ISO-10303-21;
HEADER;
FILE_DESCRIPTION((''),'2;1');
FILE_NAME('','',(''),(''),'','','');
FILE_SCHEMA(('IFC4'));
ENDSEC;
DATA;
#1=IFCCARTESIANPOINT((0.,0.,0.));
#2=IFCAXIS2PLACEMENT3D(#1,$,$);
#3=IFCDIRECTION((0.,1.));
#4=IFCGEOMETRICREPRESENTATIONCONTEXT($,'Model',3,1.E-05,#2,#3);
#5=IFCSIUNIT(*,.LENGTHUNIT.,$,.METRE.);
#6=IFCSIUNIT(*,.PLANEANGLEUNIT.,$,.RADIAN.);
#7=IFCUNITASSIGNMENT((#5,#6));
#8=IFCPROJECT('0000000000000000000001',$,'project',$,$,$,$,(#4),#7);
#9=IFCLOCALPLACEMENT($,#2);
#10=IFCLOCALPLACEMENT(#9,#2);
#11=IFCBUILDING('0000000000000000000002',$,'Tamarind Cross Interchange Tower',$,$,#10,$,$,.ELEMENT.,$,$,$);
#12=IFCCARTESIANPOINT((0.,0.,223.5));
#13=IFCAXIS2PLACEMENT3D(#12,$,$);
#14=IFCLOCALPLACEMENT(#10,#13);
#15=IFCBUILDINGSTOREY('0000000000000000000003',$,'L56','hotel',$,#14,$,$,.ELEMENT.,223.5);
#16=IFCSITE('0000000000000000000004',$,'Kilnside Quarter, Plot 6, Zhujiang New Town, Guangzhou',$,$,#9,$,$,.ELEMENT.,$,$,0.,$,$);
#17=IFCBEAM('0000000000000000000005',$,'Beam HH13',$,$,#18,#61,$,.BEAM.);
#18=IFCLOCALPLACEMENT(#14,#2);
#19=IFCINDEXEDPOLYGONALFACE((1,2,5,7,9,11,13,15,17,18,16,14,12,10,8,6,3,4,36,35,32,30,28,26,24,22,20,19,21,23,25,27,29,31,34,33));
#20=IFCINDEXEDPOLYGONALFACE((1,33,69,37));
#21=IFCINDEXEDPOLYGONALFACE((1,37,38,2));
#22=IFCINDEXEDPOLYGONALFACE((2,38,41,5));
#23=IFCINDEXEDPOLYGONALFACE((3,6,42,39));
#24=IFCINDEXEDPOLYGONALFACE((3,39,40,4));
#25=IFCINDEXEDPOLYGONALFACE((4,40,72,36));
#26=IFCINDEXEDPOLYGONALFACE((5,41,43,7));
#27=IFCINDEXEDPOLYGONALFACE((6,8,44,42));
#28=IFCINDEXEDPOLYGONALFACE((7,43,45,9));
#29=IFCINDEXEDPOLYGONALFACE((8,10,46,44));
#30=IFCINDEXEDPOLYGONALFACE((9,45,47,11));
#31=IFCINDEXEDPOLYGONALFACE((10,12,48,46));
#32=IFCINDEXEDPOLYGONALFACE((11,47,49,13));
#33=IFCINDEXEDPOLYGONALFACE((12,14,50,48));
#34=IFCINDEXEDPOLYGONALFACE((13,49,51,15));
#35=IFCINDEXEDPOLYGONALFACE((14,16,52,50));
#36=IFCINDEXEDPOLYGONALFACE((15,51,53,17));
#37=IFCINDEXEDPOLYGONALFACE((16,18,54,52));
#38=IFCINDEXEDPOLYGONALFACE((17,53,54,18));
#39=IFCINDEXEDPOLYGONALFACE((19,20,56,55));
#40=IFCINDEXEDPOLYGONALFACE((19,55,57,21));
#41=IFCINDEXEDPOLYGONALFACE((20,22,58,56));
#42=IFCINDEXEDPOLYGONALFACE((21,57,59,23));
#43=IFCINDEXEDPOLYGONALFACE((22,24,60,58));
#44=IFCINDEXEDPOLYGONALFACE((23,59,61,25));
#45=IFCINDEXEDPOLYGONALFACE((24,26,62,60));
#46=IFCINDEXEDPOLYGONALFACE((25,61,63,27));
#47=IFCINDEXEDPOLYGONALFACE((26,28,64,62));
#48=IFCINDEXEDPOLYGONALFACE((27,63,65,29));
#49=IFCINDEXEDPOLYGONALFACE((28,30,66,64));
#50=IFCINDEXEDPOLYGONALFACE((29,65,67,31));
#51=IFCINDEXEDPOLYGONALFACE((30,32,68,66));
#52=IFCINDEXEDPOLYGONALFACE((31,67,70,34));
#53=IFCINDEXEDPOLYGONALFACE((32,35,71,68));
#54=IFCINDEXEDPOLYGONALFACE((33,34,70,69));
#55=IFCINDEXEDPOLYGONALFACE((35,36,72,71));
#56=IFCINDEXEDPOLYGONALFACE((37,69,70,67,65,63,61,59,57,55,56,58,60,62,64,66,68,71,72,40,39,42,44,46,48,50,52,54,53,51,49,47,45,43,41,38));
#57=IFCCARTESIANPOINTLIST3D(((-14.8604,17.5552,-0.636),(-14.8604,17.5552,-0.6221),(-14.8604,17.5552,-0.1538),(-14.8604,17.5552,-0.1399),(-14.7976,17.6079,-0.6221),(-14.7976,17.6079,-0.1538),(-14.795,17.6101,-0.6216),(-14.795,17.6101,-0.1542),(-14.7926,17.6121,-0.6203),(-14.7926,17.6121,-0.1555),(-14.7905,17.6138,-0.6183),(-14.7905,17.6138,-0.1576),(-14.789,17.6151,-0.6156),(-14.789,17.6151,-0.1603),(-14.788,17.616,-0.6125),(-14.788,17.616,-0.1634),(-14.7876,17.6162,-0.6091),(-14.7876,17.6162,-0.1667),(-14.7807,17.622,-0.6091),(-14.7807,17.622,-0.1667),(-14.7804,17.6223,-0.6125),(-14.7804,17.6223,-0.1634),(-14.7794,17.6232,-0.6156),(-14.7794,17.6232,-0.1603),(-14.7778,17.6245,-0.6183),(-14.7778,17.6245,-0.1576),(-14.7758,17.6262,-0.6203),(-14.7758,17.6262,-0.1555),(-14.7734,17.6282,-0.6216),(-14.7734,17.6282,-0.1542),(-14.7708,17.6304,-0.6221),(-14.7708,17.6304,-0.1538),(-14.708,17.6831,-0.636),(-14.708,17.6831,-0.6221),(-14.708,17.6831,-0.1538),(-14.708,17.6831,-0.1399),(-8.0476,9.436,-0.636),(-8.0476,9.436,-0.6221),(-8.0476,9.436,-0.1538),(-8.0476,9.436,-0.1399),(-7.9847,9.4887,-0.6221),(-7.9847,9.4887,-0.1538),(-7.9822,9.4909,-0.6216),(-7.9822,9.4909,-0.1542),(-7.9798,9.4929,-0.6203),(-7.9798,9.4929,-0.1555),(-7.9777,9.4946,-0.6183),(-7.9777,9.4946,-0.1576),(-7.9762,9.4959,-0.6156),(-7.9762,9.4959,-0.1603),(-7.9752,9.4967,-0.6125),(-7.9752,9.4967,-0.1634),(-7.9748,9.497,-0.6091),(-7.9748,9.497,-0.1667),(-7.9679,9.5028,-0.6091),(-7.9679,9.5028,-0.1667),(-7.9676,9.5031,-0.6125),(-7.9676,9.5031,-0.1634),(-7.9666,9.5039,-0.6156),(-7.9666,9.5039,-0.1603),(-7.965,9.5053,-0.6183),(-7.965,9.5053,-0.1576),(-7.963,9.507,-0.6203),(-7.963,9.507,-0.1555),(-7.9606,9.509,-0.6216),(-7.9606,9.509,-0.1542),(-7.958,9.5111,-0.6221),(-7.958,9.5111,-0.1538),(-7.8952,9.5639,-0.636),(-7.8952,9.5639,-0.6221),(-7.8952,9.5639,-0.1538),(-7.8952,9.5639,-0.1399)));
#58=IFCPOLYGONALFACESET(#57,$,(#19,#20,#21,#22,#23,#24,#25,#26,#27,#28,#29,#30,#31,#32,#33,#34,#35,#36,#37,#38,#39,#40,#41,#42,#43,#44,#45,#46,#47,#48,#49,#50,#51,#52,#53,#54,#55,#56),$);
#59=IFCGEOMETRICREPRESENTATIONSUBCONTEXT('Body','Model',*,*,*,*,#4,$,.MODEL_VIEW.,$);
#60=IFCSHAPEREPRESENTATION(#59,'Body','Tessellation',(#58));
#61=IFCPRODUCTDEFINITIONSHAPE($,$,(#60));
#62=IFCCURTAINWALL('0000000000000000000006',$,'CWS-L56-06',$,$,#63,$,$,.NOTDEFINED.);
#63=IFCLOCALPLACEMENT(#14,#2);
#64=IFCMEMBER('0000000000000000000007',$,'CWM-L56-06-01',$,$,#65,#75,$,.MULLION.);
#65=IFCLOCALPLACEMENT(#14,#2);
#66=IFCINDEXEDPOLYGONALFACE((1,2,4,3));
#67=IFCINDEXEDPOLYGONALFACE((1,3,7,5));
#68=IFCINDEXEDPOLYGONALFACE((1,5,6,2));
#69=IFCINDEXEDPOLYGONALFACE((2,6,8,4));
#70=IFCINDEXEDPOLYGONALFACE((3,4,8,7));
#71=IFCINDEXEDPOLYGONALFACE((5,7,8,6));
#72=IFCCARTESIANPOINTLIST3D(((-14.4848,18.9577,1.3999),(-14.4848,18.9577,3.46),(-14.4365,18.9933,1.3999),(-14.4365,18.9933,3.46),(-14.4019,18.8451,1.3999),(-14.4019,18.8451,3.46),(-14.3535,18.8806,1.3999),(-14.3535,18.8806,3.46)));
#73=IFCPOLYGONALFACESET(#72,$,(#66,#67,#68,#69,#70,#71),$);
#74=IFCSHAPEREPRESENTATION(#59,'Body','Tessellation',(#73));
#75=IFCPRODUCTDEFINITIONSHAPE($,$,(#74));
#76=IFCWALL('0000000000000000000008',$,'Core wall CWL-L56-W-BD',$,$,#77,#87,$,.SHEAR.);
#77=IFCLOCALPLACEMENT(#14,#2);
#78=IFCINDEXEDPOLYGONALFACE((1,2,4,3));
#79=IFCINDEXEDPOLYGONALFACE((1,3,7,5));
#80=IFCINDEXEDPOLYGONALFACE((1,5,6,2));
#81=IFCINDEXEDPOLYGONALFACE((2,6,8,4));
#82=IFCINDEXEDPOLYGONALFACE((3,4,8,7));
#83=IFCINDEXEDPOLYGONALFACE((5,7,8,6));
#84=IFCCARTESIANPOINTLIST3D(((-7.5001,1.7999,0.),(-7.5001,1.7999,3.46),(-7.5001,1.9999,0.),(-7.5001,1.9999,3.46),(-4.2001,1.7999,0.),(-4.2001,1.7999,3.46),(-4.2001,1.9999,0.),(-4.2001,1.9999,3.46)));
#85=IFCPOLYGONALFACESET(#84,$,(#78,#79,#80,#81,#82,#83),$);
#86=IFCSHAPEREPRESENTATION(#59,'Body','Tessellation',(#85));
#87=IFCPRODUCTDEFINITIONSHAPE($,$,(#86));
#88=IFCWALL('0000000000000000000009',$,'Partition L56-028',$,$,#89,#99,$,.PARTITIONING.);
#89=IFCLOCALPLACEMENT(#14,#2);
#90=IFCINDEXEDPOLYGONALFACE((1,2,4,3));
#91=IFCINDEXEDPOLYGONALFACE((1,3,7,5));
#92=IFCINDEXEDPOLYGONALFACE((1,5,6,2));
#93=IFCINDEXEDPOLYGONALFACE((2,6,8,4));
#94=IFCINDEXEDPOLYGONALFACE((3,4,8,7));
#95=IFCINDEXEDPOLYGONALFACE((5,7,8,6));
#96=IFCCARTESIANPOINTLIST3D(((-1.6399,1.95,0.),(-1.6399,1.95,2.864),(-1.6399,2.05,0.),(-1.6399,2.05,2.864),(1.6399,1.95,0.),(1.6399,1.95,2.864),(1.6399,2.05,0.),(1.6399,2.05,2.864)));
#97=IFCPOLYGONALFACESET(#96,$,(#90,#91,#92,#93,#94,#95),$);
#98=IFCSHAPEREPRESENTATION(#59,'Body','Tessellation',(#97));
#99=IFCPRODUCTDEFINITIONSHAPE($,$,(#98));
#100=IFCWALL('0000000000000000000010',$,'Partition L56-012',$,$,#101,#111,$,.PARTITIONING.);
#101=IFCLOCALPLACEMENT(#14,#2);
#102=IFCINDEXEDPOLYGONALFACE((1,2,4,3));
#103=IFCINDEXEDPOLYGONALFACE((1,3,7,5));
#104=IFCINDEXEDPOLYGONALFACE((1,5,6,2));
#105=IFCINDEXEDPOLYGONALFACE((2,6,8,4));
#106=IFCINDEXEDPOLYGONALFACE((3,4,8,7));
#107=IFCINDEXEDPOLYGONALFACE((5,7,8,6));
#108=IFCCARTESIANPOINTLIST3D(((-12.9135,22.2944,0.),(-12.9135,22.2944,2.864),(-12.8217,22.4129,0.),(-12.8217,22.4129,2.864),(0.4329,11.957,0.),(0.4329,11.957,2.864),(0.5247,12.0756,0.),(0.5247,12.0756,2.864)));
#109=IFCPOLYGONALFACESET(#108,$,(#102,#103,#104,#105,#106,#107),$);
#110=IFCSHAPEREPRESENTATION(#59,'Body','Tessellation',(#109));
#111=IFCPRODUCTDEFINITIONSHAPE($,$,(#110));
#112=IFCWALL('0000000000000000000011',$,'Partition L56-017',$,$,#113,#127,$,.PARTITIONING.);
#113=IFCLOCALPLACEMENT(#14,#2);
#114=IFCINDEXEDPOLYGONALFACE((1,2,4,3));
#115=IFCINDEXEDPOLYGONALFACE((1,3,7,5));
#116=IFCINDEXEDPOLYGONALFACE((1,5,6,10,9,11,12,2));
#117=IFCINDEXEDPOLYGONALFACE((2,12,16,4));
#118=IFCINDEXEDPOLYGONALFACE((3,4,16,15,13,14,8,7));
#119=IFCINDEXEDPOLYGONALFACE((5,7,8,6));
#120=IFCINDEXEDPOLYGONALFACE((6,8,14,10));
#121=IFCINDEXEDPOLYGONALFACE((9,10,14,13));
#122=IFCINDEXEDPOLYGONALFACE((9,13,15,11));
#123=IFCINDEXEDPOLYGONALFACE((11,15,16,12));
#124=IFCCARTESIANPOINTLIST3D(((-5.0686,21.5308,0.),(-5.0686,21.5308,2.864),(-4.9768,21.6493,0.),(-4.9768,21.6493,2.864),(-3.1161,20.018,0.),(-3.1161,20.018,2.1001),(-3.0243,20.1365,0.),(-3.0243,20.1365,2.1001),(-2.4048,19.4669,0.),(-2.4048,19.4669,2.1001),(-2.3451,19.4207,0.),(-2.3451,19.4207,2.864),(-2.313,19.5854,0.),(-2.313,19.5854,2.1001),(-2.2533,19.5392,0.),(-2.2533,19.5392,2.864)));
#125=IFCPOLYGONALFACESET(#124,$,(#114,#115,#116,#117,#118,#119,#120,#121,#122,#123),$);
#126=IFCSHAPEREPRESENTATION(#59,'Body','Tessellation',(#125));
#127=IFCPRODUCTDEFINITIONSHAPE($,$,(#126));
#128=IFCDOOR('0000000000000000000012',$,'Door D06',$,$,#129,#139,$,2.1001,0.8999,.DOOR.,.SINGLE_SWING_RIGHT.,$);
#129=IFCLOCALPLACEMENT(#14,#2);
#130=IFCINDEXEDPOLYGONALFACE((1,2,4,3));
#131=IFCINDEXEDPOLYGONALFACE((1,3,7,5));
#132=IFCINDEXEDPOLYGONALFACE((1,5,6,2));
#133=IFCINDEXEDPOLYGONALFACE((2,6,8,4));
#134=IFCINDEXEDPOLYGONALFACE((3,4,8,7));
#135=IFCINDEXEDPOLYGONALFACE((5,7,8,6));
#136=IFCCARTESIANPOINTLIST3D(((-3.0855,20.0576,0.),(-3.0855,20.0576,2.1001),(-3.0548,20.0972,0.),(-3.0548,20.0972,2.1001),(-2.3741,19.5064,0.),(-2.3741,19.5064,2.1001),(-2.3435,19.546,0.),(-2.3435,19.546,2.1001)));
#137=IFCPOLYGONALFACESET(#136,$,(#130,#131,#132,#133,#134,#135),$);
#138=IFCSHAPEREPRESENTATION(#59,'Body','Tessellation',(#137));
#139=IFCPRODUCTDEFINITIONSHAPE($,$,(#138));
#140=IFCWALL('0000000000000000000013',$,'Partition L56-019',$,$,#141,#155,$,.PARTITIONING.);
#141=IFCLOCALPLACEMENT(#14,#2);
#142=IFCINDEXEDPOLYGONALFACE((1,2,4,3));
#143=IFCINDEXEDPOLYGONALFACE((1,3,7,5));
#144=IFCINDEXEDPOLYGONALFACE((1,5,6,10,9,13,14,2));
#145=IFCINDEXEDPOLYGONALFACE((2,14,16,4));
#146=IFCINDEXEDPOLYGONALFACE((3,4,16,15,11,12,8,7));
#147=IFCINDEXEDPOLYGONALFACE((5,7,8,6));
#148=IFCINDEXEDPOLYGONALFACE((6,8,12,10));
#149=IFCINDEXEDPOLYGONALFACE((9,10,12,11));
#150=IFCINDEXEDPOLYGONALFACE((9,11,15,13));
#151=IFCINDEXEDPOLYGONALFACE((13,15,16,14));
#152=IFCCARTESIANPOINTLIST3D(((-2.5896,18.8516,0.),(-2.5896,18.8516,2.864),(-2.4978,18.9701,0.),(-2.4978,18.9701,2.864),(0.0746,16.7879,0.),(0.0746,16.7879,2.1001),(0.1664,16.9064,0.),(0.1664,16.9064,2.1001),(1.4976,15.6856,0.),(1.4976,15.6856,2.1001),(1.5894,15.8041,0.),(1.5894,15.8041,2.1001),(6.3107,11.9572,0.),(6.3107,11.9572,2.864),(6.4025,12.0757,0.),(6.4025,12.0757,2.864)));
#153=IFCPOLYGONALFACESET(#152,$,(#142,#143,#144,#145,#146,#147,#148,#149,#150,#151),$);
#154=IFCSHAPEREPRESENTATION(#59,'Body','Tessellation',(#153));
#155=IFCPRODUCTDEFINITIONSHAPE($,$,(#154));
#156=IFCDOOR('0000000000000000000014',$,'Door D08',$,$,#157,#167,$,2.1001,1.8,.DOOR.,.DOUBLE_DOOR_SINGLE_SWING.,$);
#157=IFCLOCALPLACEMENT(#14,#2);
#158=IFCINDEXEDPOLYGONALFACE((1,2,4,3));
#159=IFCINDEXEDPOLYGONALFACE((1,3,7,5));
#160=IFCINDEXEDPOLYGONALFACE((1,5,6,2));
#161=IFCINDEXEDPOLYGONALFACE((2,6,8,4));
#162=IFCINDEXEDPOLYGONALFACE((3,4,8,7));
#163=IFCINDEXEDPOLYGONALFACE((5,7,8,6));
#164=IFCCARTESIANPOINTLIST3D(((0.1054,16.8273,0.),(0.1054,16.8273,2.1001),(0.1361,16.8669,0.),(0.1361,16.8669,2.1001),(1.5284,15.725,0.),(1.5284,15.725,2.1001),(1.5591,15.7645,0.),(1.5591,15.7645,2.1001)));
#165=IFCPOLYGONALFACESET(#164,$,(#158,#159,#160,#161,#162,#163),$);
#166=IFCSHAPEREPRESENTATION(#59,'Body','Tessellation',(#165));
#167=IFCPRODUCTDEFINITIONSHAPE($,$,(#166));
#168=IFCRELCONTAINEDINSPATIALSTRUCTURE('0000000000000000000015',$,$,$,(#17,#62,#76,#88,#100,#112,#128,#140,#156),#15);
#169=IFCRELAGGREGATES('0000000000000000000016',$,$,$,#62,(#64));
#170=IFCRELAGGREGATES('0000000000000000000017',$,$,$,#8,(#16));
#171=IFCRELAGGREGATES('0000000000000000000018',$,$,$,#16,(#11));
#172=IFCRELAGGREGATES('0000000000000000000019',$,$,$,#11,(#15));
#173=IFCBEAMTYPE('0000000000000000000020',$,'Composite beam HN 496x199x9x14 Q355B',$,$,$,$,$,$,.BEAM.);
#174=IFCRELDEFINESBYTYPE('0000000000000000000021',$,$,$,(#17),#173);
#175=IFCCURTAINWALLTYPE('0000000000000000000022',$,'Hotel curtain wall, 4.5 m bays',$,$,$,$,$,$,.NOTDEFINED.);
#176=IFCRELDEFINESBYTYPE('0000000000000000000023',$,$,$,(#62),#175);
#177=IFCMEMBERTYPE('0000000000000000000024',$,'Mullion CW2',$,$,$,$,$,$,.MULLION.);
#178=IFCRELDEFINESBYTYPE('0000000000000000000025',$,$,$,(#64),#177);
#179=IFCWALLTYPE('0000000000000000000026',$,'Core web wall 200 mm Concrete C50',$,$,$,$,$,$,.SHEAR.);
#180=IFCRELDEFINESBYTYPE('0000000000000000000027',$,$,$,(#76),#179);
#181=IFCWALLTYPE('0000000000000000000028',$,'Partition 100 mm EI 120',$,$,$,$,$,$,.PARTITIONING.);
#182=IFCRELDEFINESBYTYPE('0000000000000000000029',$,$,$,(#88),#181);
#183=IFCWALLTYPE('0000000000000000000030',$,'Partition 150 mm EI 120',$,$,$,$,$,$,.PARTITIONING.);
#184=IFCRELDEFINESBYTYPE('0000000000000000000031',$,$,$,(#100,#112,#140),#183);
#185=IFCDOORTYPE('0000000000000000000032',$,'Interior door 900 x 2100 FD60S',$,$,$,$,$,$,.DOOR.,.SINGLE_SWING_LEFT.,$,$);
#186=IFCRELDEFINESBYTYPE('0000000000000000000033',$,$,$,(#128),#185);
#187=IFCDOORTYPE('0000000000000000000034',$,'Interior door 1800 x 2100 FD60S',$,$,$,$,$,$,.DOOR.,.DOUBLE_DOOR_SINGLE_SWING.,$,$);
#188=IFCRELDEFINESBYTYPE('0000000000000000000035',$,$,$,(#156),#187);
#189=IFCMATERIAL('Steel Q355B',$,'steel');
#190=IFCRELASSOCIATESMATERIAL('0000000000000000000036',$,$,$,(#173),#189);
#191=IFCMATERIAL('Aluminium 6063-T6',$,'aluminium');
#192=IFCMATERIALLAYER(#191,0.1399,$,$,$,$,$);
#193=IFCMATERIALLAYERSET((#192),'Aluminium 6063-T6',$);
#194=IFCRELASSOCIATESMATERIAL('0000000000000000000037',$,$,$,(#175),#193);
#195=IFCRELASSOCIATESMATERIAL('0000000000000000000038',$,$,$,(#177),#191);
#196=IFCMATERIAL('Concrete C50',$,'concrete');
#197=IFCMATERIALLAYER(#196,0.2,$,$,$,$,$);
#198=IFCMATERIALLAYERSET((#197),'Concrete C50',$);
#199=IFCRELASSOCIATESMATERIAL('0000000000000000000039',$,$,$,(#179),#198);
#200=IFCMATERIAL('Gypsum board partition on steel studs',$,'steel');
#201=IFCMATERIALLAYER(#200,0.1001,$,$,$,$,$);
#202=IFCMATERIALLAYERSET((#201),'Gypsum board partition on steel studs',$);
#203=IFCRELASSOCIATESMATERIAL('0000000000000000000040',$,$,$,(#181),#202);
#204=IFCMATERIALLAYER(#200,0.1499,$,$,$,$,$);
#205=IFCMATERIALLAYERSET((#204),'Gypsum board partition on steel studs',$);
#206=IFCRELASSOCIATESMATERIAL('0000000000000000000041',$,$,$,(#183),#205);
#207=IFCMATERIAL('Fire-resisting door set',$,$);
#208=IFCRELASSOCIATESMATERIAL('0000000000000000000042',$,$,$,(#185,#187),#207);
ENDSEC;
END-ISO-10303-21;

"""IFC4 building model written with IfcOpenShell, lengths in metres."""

from ifc_helpers import new_model, si_unit, direction, frame, frame_2d, origin, origin_2d, place, context, subcontext, project, spatial, rectangle, i_section, extrude, material, layer, layer_set, material_profile, profile_set, type_object, element, fill, aggregate, save


model = new_model("IFC4")

# Units and contexts
model_context = context("Model", 3, precision=1e-05, world=origin(), true_north=direction((0.0, 1.0)))
body_context = subcontext(model_context, "Body", "Model", "MODEL_VIEW")
ifc_project = project(units=[si_unit("LENGTHUNIT", "METRE"), si_unit("PLANEANGLEUNIT", "RADIAN")], contexts=[model_context])

# Site, building, storey
site_placement = place(None, origin())
site = spatial("IfcSite", under=ifc_project, at=site_placement, Name="Kilnside Quarter, Plot 6, Zhujiang New Town, Guangzhou", CompositionType="ELEMENT", RefElevation=0.0)
building_placement = place(site_placement, origin())
building = spatial("IfcBuilding", under=site, at=building_placement, Name="Tamarind Cross Interchange Tower", CompositionType="ELEMENT")
storey_placement = place(building_placement, frame((0.0, 0.0, 223.5)))
storey = spatial("IfcBuildingStorey", under=building, at=storey_placement, Name="L56", Description="hotel", CompositionType="ELEMENT", Elevation=223.5)

# Shared definitions
ifc_material_1 = material(Name="Concrete C50", Category="concrete")

# Beam
ifc_material_2 = material(Name="Steel Q355B", Category="steel")
ifc_material_profile_1 = material_profile(ifc_material_2, i_section(OverallWidth=0.199, OverallDepth=0.4961, WebThickness=0.009, FlangeThickness=0.0139, FilletRadius=0.0129, at=origin_2d()), Name="HN 496x199x9x14")
ifc_profile_set_1 = profile_set([ifc_material_profile_1], Name="Steel Q355B")
beam_type_1 = type_object("IfcBeamType", Name="Composite beam HN 496x199x9x14 Q355B", PredefinedType="BEAM", material=ifc_profile_set_1)
beam_1_placement = place(storey_placement, frame((-14.7842, 17.6191, -0.3879), z_axis=(0.642786, -0.766046, 0.0), x_axis=(0.766046, 0.642786, 0.0)))
element("IfcBeam", 1, at=beam_1_placement, inside=storey, type_object=beam_type_1, Name="Beam HH13", PredefinedType="BEAM", context=body_context, shape_type="SweptSolid", body=[
    extrude(i_section(OverallWidth=0.199, OverallDepth=0.4961, WebThickness=0.009, FlangeThickness=0.0139, FilletRadius=0.0129, at=origin_2d()), origin(), (0.0, 0.0, 1.0), 10.5989),
])

# Curtain wall, member
ifc_material_3 = material(Name="Aluminium 6063-T6", Category="aluminium")
ifc_layer_1 = layer(ifc_material_3, 0.1399)
ifc_layer_set_1 = layer_set([ifc_layer_1], Name="Aluminium 6063-T6")
curtain_wall_type = type_object("IfcCurtainWallType", Name="Hotel curtain wall, 4.5 m bays", PredefinedType="NOTDEFINED", material=ifc_layer_set_1)
curtain_wall_placement = place(storey_placement, origin())
curtain_wall = element("IfcCurtainWall", 2, at=curtain_wall_placement, inside=storey, type_object=curtain_wall_type, Name="CWS-L56-06", PredefinedType="NOTDEFINED")
ifc_material_profile_2 = material_profile(ifc_material_3, rectangle(XDim=0.0601, YDim=0.1399, at=origin_2d()), Name="Mullion CW2")
ifc_profile_set_2 = profile_set([ifc_material_profile_2], Name="Aluminium 6063-T6")
member_type = type_object("IfcMemberType", Name="Mullion CW2", PredefinedType="MULLION", material=ifc_profile_set_2)
member_placement = place(storey_placement, frame((-14.4192, 18.9192, 1.3999), z_axis=(0.0, 0.0, 1.0), x_axis=(-0.805444, -0.592673, 0.0)))
member = element("IfcMember", 3, at=member_placement, type_object=member_type, Name="CWM-L56-06-01", PredefinedType="MULLION", context=body_context, shape_type="SweptSolid", body=[
    extrude(rectangle(XDim=0.0601, YDim=0.1399, at=origin_2d()), origin(), (0.0, 0.0, 1.0), 2.0601),
])
aggregate(curtain_wall, [member])

# Walls
ifc_layer_2 = layer(ifc_material_1, 0.2)
ifc_layer_set_2 = layer_set([ifc_layer_2], Name="Concrete C50")
wall_type_1 = type_object("IfcWallType", Name="Core web wall 200 mm Concrete C50", PredefinedType="SHEAR", material=ifc_layer_set_2)
wall_1_placement = place(storey_placement, frame((-7.5, 1.8999, 0.0), z_axis=(0.0, 0.0, 1.0), x_axis=(1.0, 0.0, 0.0)))
element("IfcWall", 4, at=wall_1_placement, inside=storey, type_object=wall_type_1, Name="Core wall CWL-L56-W-BD", PredefinedType="SHEAR", context=body_context, shape_type="SweptSolid", body=[
    extrude(rectangle(XDim=3.3, YDim=0.2, at=frame_2d((1.6499, 0.0))), origin(), (0.0, 0.0, 1.0), 3.46),
])
ifc_material_4 = material(Name="Gypsum board partition on steel studs", Category="steel")
ifc_layer_3 = layer(ifc_material_4, 0.1001)
ifc_layer_set_3 = layer_set([ifc_layer_3], Name="Gypsum board partition on steel studs")
wall_type_2 = type_object("IfcWallType", Name="Partition 100 mm EI 120", PredefinedType="PARTITIONING", material=ifc_layer_set_3)
wall_2_placement = place(storey_placement, frame((-1.6399, 2.0, 0.0), z_axis=(0.0, 0.0, 1.0), x_axis=(1.0, 0.0, 0.0)))
element("IfcWall", 5, at=wall_2_placement, inside=storey, type_object=wall_type_2, Name="Partition L56-028", PredefinedType="PARTITIONING", context=body_context, shape_type="SweptSolid", body=[
    extrude(rectangle(XDim=3.2798, YDim=0.1001, at=frame_2d((1.6399, 0.0))), origin(), (0.0, 0.0, 1.0), 2.864),
])
ifc_layer_4 = layer(ifc_material_4, 0.1499)
ifc_layer_set_4 = layer_set([ifc_layer_4], Name="Gypsum board partition on steel studs")
wall_type_3 = type_object("IfcWallType", Name="Partition 150 mm EI 120", PredefinedType="PARTITIONING", material=ifc_layer_set_4)
wall_3_placement = place(storey_placement, frame((-12.8677, 22.3538, 0.0), z_axis=(0.0, 0.0, 1.0), x_axis=(0.79059, -0.612346, 0.0)))
element("IfcWall", 6, at=wall_3_placement, inside=storey, type_object=wall_type_3, Name="Partition L56-012", PredefinedType="PARTITIONING", context=body_context, shape_type="SweptSolid", body=[
    extrude(rectangle(XDim=16.8816, YDim=0.1499, at=frame_2d((8.4409, 0.0))), origin(), (0.0, 0.0, 1.0), 2.864),
])

# Walls, openings, doors
wall_4_placement = place(storey_placement, frame((-5.0227, 21.5901, 0.0), z_axis=(0.0, 0.0, 1.0), x_axis=(0.790488, -0.612478, 0.0)))
wall_4 = element("IfcWall", 7, at=wall_4_placement, inside=storey, type_object=wall_type_3, Name="Partition L56-017", PredefinedType="PARTITIONING", context=body_context, shape_type="SweptSolid", body=[
    extrude(rectangle(XDim=3.4453, YDim=0.1499, at=frame_2d((1.7227, 0.0))), origin(), (0.0, 0.0, 1.0), 2.864),
])
opening_1_placement = place(wall_4_placement, frame((2.47, 0.0, 0.0)))
opening_1 = element("IfcOpeningElement", 8, at=opening_1_placement, cuts=wall_4, PredefinedType="OPENING", context=body_context, shape_type="SweptSolid", body=[
    extrude(rectangle(XDim=0.8999, YDim=2.1001, at=frame_2d((0.45, 1.05))), frame((0.0, 0.085, 0.0), z_axis=(0.0, -1.0, 0.0), x_axis=(1.0, 0.0, 0.0)), (0.0, 0.0, 1.0), 0.1699),
])
ifc_material_5 = material(Name="Fire-resisting door set")
door_type_1 = type_object("IfcDoorType", Name="Interior door 900 x 2100 FD60S", OperationType="SINGLE_SWING_LEFT", PredefinedType="DOOR", material=ifc_material_5)
door_1_placement = place(opening_1_placement, frame((0.8999, 0.0, 0.0), z_axis=(0.0, 0.0, 1.0), x_axis=(-1.0, 0.0, 0.0)))
door_1 = element("IfcDoor", 9, at=door_1_placement, inside=storey, type_object=door_type_1, Name="Door D06", OperationType="SINGLE_SWING_RIGHT", OverallHeight=2.1001, OverallWidth=0.8999, PredefinedType="DOOR", context=body_context, shape_type="SweptSolid", body=[
    extrude(rectangle(XDim=0.8999, YDim=2.1001, at=frame_2d((0.45, 1.05))), frame((0.0, 0.0249, 0.0), z_axis=(0.0, -1.0, 0.0), x_axis=(1.0, 0.0, 0.0)), (0.0, 0.0, 1.0), 0.05),
])
fill(opening_1, door_1)
wall_5_placement = place(storey_placement, frame((-2.5437, 18.9109, 0.0), z_axis=(0.0, 0.0, 1.0), x_axis=(0.790556, -0.61239, 0.0)))
wall_5 = element("IfcWall", 10, at=wall_5_placement, inside=storey, type_object=wall_type_3, Name="Partition L56-019", PredefinedType="PARTITIONING", context=body_context, shape_type="SweptSolid", body=[
    extrude(rectangle(XDim=11.2583, YDim=0.1499, at=frame_2d((5.6292, 0.0))), origin(), (0.0, 0.0, 1.0), 2.864),
])
opening_2_placement = place(wall_5_placement, frame((3.3701, 0.0, 0.0)))
opening_2 = element("IfcOpeningElement", 11, at=opening_2_placement, cuts=wall_5, PredefinedType="OPENING", context=body_context, shape_type="SweptSolid", body=[
    extrude(rectangle(XDim=1.8, YDim=2.1001, at=frame_2d((0.8999, 1.05))), frame((0.0, 0.085, 0.0), z_axis=(0.0, -1.0, 0.0), x_axis=(1.0, 0.0, 0.0)), (0.0, 0.0, 1.0), 0.1699),
])
door_type_2 = type_object("IfcDoorType", Name="Interior door 1800 x 2100 FD60S", OperationType="DOUBLE_DOOR_SINGLE_SWING", PredefinedType="DOOR", material=ifc_material_5)
door_2_placement = place(opening_2_placement, frame((1.8, 0.0, 0.0), z_axis=(0.0, 0.0, 1.0), x_axis=(-1.0, 0.0, 0.0)))
door_2 = element("IfcDoor", 12, at=door_2_placement, inside=storey, type_object=door_type_2, Name="Door D08", OperationType="DOUBLE_DOOR_SINGLE_SWING", OverallHeight=2.1001, OverallWidth=1.8, PredefinedType="DOOR", context=body_context, shape_type="SweptSolid", body=[
    extrude(rectangle(XDim=1.8, YDim=2.1001, at=frame_2d((0.8999, 1.05))), frame((0.0, 0.0249, 0.0), z_axis=(0.0, -1.0, 0.0), x_axis=(1.0, 0.0, 0.0)), (0.0, 0.0, 1.0), 0.05),
])
fill(opening_2, door_2)

save(model, "model.ifc")
